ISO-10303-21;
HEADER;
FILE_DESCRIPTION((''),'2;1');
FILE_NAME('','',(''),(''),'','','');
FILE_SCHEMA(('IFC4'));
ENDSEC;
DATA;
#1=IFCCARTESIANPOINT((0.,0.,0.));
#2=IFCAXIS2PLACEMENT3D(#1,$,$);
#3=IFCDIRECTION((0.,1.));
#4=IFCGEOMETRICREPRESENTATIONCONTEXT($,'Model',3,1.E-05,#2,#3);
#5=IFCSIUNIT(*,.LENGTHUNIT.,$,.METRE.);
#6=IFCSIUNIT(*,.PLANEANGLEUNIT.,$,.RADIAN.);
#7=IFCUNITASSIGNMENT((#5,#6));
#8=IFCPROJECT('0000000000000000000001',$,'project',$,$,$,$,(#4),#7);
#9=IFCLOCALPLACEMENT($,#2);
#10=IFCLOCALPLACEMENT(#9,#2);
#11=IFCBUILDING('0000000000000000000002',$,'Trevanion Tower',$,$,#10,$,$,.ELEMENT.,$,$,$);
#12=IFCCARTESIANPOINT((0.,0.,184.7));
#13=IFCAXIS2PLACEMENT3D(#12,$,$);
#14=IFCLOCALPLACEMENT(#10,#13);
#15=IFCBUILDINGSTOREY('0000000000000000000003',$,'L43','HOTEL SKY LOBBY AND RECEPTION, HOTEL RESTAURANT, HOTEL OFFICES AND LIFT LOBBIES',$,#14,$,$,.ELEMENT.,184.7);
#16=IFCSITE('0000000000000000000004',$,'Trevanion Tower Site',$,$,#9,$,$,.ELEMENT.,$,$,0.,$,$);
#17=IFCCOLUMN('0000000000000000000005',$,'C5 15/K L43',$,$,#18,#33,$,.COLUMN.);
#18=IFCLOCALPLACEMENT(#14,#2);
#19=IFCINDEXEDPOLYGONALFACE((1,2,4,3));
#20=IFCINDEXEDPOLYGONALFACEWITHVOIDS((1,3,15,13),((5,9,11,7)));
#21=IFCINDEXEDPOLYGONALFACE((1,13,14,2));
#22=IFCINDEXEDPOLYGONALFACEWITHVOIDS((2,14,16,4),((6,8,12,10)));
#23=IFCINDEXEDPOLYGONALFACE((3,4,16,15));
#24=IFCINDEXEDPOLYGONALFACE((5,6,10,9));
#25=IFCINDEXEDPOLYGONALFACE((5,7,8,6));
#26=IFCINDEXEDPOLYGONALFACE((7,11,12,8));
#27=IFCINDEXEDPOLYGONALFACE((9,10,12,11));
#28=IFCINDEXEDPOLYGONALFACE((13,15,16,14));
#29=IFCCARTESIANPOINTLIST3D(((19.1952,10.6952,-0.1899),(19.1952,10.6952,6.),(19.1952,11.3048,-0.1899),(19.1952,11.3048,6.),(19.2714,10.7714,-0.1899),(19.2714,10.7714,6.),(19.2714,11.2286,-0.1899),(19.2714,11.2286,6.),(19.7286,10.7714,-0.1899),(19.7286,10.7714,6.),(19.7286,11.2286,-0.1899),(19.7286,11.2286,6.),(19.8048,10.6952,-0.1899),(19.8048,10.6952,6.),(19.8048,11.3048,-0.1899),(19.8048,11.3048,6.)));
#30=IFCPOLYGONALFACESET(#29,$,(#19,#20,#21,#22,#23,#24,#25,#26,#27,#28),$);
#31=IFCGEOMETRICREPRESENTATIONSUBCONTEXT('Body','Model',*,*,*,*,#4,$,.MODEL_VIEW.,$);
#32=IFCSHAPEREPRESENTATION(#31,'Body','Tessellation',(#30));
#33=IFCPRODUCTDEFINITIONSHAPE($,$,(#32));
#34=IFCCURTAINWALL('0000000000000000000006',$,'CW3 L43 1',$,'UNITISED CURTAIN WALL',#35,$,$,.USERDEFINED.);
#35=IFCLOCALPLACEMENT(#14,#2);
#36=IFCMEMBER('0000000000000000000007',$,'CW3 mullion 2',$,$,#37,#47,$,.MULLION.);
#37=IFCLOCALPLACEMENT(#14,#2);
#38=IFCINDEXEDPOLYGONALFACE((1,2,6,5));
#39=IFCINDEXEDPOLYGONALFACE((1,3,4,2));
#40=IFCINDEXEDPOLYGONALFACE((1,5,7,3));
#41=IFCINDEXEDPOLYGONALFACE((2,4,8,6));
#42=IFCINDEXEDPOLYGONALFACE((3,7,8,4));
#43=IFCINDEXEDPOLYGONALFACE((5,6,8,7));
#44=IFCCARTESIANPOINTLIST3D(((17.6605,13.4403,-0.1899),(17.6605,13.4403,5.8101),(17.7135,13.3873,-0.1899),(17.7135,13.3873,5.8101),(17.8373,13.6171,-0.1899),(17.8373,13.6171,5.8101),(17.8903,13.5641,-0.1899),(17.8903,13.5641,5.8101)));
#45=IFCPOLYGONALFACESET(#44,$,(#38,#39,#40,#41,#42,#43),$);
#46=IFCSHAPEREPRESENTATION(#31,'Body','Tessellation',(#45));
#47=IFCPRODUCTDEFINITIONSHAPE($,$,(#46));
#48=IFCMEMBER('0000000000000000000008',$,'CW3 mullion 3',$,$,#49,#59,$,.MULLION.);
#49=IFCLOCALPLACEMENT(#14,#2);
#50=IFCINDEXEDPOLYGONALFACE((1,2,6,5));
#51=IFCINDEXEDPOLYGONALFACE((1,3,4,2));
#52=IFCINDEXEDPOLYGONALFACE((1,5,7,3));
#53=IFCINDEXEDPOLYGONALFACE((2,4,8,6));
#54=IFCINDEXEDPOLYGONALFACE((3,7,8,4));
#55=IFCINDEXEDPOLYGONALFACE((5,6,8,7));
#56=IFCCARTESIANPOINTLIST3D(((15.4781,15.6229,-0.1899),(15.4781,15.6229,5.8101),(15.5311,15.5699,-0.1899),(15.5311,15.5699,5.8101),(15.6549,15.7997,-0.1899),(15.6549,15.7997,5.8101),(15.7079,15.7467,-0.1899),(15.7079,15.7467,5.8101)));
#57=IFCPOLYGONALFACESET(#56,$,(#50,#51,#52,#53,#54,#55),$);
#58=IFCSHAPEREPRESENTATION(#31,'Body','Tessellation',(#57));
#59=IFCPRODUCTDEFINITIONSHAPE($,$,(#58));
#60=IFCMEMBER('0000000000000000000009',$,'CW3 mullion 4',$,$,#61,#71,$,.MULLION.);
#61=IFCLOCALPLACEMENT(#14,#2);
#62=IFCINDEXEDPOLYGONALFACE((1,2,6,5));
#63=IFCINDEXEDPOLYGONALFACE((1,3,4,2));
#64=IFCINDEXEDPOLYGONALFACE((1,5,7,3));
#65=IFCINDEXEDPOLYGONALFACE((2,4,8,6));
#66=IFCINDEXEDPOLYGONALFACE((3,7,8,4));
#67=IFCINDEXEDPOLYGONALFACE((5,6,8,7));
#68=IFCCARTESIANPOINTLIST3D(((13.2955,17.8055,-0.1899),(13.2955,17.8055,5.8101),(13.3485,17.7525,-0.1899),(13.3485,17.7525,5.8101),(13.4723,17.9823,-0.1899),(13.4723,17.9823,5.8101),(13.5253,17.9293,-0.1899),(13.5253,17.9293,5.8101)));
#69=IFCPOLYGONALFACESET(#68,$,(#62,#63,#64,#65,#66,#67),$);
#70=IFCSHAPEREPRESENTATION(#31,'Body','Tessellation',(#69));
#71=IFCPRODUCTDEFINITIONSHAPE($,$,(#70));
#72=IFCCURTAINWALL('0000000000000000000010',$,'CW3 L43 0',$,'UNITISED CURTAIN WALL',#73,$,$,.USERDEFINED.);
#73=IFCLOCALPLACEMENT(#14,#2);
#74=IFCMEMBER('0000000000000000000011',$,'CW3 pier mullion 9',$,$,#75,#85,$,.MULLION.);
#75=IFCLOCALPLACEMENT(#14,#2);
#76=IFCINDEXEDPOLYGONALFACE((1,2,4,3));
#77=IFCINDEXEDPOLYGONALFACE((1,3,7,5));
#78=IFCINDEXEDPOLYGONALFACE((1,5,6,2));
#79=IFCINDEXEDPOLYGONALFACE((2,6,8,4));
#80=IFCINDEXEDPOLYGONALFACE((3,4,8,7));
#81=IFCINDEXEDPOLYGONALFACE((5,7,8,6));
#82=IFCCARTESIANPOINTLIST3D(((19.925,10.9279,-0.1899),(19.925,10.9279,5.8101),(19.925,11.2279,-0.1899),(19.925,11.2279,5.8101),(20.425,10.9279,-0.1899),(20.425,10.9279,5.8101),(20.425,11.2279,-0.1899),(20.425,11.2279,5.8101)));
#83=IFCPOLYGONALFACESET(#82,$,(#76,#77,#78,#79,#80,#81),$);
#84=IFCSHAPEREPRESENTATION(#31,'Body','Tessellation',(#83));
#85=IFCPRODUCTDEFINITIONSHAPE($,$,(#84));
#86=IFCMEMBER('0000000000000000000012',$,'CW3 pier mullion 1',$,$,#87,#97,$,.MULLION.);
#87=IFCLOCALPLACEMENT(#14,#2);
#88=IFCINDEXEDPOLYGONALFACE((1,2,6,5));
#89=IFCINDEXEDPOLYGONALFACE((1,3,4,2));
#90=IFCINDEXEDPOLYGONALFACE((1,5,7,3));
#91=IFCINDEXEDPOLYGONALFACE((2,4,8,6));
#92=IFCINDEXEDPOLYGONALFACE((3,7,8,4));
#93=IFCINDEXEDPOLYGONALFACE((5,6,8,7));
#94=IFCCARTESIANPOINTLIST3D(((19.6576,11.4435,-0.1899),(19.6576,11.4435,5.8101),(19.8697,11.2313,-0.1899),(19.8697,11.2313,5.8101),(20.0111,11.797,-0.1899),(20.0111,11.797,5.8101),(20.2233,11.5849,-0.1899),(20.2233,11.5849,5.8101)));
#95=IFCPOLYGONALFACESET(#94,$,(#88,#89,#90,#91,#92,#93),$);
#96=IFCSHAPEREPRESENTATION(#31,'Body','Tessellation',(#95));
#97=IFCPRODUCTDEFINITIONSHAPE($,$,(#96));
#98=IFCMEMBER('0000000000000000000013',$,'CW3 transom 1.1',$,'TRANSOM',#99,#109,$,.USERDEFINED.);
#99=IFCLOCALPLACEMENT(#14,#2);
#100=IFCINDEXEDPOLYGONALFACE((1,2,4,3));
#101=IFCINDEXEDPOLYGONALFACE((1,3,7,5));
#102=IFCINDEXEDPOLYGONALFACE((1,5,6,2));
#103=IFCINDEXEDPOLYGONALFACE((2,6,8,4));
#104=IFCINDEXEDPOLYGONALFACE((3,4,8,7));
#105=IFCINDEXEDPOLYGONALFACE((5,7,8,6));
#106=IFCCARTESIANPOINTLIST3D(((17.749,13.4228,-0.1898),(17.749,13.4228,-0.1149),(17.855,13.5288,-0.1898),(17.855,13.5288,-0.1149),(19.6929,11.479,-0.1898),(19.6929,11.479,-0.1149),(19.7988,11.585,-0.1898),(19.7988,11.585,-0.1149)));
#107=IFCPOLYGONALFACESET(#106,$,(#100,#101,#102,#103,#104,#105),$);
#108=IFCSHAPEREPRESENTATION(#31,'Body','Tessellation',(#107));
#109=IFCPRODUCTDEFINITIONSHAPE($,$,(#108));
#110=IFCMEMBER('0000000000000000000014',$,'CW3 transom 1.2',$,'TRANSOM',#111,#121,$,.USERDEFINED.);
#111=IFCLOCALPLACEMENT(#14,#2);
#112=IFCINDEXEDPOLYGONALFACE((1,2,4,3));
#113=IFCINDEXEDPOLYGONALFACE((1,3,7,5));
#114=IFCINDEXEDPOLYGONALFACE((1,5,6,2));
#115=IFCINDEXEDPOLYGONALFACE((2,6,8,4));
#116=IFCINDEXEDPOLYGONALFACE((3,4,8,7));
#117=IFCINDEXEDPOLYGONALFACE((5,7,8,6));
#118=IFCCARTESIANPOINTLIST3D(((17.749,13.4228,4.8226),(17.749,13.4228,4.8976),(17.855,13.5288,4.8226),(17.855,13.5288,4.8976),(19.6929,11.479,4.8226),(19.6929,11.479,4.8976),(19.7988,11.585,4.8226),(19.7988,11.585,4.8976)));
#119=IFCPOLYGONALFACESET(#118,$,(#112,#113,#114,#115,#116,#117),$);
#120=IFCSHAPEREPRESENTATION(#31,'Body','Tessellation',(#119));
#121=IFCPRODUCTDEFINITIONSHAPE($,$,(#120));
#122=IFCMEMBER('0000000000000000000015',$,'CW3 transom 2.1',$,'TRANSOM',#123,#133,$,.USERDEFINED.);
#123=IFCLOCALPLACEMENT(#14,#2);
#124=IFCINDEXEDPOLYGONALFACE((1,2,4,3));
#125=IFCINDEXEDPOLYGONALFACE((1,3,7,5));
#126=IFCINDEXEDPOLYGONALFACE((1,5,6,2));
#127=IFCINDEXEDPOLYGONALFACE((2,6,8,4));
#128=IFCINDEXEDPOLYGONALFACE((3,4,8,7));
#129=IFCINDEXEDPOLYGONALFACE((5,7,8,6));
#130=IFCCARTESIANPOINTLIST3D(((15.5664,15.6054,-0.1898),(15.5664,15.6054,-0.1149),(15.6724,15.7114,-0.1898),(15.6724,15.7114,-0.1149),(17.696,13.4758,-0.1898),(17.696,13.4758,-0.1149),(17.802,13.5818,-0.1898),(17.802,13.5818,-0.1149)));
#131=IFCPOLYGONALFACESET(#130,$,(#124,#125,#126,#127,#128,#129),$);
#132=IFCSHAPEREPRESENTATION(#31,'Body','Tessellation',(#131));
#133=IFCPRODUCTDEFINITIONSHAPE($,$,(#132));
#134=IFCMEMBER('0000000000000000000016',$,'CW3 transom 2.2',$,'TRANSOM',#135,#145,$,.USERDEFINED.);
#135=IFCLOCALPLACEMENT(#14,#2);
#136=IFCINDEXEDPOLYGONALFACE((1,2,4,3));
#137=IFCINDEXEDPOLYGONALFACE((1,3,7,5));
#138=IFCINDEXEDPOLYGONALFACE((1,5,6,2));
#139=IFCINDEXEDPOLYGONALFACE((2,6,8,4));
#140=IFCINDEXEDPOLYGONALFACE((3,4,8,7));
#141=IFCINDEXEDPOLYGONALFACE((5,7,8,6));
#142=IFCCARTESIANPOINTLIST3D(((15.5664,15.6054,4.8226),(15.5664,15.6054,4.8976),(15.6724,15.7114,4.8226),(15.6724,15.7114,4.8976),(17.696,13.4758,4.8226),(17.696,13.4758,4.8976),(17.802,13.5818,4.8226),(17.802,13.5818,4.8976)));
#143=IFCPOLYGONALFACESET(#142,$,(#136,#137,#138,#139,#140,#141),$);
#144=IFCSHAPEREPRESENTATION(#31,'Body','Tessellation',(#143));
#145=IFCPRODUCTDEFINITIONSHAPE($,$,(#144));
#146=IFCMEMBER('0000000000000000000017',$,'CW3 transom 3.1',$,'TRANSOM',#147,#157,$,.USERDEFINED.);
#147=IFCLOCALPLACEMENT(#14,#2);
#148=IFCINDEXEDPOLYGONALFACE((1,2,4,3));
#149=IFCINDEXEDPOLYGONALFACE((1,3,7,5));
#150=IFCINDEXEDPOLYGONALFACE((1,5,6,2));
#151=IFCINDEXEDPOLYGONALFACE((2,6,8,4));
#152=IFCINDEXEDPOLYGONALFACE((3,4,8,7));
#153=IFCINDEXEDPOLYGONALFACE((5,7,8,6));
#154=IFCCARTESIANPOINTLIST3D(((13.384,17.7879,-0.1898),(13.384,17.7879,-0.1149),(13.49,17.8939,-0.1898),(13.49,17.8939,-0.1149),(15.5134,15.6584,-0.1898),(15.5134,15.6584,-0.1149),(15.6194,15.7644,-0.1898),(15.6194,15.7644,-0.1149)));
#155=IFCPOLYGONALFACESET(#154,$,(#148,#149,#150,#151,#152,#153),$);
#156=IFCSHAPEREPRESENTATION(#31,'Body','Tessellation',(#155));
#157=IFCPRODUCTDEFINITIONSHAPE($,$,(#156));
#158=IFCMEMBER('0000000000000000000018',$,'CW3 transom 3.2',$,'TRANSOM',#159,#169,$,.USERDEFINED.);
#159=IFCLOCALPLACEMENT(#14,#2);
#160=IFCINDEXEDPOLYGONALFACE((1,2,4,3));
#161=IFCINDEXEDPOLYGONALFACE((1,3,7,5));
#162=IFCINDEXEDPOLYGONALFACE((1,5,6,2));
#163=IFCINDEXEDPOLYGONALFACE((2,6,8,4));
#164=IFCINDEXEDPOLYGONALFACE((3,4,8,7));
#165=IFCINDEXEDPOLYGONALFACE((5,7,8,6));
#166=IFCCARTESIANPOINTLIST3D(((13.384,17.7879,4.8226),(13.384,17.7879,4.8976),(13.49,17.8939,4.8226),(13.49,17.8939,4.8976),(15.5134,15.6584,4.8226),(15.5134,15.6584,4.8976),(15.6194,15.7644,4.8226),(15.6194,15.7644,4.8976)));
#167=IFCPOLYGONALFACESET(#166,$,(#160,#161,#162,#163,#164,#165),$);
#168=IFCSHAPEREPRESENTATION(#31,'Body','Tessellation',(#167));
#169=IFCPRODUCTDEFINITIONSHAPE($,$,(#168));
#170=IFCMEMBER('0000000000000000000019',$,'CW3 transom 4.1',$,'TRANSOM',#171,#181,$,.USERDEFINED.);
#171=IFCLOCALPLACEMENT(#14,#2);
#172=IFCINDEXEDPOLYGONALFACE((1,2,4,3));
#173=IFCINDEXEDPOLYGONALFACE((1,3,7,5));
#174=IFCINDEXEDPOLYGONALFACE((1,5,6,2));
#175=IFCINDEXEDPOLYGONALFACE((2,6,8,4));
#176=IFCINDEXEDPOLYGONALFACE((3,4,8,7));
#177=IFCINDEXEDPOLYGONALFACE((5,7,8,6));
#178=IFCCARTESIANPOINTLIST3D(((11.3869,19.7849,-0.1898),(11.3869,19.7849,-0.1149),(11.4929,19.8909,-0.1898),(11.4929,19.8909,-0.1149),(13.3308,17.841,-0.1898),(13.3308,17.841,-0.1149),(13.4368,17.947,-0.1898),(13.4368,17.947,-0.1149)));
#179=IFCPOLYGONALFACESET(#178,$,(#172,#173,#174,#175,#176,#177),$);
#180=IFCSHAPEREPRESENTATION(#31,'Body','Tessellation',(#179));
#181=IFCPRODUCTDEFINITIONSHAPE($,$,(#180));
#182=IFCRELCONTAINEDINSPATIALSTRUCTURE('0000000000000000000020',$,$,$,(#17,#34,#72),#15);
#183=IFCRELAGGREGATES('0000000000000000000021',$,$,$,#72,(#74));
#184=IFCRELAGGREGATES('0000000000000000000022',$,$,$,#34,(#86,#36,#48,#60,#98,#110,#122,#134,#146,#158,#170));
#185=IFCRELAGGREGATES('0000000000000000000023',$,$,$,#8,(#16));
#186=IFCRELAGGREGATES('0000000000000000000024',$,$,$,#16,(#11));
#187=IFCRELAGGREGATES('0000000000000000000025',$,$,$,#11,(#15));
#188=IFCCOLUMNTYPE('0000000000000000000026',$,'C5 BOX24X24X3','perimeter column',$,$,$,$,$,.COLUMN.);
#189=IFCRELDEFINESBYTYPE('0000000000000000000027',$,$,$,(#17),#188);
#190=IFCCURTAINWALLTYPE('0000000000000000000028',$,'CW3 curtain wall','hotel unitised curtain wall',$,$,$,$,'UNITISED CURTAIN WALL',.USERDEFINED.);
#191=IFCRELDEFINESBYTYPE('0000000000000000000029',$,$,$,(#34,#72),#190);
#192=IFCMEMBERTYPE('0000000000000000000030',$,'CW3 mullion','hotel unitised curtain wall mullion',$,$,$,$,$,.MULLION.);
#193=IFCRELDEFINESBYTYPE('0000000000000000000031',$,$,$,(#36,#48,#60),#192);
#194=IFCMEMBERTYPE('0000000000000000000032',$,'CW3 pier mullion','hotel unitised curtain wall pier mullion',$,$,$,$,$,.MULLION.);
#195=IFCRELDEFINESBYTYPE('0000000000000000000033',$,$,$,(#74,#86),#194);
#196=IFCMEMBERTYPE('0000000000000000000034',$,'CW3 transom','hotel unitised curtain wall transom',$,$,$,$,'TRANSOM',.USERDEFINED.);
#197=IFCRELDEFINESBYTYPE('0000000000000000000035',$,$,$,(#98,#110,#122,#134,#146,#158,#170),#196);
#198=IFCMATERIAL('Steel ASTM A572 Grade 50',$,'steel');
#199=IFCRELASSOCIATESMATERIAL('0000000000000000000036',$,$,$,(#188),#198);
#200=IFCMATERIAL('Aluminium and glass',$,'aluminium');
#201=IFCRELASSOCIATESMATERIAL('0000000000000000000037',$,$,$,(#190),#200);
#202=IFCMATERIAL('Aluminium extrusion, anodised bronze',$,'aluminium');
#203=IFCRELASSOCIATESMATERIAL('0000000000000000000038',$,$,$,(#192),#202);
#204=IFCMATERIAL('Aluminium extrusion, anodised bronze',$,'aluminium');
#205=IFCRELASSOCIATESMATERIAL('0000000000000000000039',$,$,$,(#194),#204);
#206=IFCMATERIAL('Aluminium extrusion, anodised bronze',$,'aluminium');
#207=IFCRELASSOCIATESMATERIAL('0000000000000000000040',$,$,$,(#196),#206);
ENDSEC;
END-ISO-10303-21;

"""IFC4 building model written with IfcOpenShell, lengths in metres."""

from ifc_helpers import new_model, si_unit, direction, frame, origin, origin_2d, place, context, subcontext, project, spatial, rectangle, hollow_rectangle, extrude, material, material_profile, profile_set, type_object, element, aggregate, save


model = new_model("IFC4")

# Units and contexts
model_context = context("Model", 3, precision=1e-05, world=origin(), true_north=direction((0.0, 1.0)))
body_context = subcontext(model_context, "Body", "Model", "MODEL_VIEW")
ifc_project = project(units=[si_unit("LENGTHUNIT", "METRE"), si_unit("PLANEANGLEUNIT", "RADIAN")], contexts=[model_context])

# Site, building, storey
site_placement = place(None, origin())
site = spatial("IfcSite", under=ifc_project, at=site_placement, Name="Trevanion Tower Site", CompositionType="ELEMENT", RefElevation=0.0)
building_placement = place(site_placement, origin())
building = spatial("IfcBuilding", under=site, at=building_placement, Name="Trevanion Tower", CompositionType="ELEMENT")
storey_placement = place(building_placement, frame((0.0, 0.0, 184.7)))
storey = spatial("IfcBuildingStorey", under=building, at=storey_placement, Name="L43", Description="HOTEL SKY LOBBY AND RECEPTION, HOTEL RESTAURANT, HOTEL OFFICES AND LIFT LOBBIES", CompositionType="ELEMENT", Elevation=184.7)

# Column
ifc_material_1 = material(Name="Steel ASTM A572 Grade 50", Category="steel")
ifc_material_profile_1 = material_profile(ifc_material_1, hollow_rectangle(XDim=0.6096, YDim=0.6096, WallThickness=0.0762, at=origin_2d()), Name="BOX24X24X3")
ifc_profile_set_1 = profile_set([ifc_material_profile_1], Name="Steel ASTM A572 Grade 50")
column_type = type_object("IfcColumnType", Name="C5 BOX24X24X3", Description="perimeter column", PredefinedType="COLUMN", material=ifc_profile_set_1)
column_placement = place(storey_placement, frame((19.5, 11.0, -0.1899), z_axis=(0.0, 0.0, 1.0), x_axis=(0.0, 1.0, 0.0)))
element("IfcColumn", 1, at=column_placement, inside=storey, type_object=column_type, Name="C5 15/K L43", PredefinedType="COLUMN", context=body_context, shape_type="SweptSolid", body=[
    extrude(hollow_rectangle(XDim=0.6096, YDim=0.6096, WallThickness=0.0762, at=origin_2d()), origin(), (0.0, 0.0, 1.0), 6.1899),
])

# Curtain wall, members
ifc_material_2 = material(Name="Aluminium and glass", Category="aluminium")
curtain_wall_type = type_object("IfcCurtainWallType", Name="CW3 curtain wall", Description="hotel unitised curtain wall", ElementType="UNITISED CURTAIN WALL", PredefinedType="USERDEFINED", material=ifc_material_2)
curtain_wall_1_placement = place(storey_placement, origin())
curtain_wall_1 = element("IfcCurtainWall", 2, at=curtain_wall_1_placement, inside=storey, type_object=curtain_wall_type, Name="CW3 L43 1", ObjectType="UNITISED CURTAIN WALL", PredefinedType="USERDEFINED")
ifc_material_3 = material(Name="Aluminium extrusion, anodised bronze", Category="aluminium")
ifc_material_profile_2 = material_profile(ifc_material_3, rectangle(XDim=0.075, YDim=0.25, at=origin_2d()), Name="CW3 mullion")
ifc_profile_set_2 = profile_set([ifc_material_profile_2], Name="Aluminium extrusion, anodised bronze")
member_type_1 = type_object("IfcMemberType", Name="CW3 mullion", Description="hotel unitised curtain wall mullion", PredefinedType="MULLION", material=ifc_profile_set_2)
member_1_placement = place(storey_placement, frame((17.7754, 13.5022, -0.1899), z_axis=(0.0, 0.0, 1.0), x_axis=(-0.707107, 0.707107, 0.0)))
member_1 = element("IfcMember", 3, at=member_1_placement, type_object=member_type_1, Name="CW3 mullion 2", PredefinedType="MULLION", context=body_context, shape_type="SweptSolid", body=[
    extrude(rectangle(XDim=0.075, YDim=0.25, at=origin_2d()), origin(), (0.0, 0.0, 1.0), 6.0),
])
member_2_placement = place(storey_placement, frame((15.593, 15.6848, -0.1899), z_axis=(0.0, 0.0, 1.0), x_axis=(-0.707107, 0.707107, 0.0)))
member_2 = element("IfcMember", 4, at=member_2_placement, type_object=member_type_1, Name="CW3 mullion 3", PredefinedType="MULLION", context=body_context, shape_type="SweptSolid", body=[
    extrude(rectangle(XDim=0.075, YDim=0.25, at=origin_2d()), origin(), (0.0, 0.0, 1.0), 6.0),
])
member_3_placement = place(storey_placement, frame((13.4104, 17.8674, -0.1899), z_axis=(0.0, 0.0, 1.0), x_axis=(-0.707107, 0.707107, 0.0)))
member_3 = element("IfcMember", 5, at=member_3_placement, type_object=member_type_1, Name="CW3 mullion 4", PredefinedType="MULLION", context=body_context, shape_type="SweptSolid", body=[
    extrude(rectangle(XDim=0.075, YDim=0.25, at=origin_2d()), origin(), (0.0, 0.0, 1.0), 6.0),
])

# Curtain wall, member
curtain_wall_2_placement = place(storey_placement, origin())
curtain_wall_2 = element("IfcCurtainWall", 6, at=curtain_wall_2_placement, inside=storey, type_object=curtain_wall_type, Name="CW3 L43 0", ObjectType="UNITISED CURTAIN WALL", PredefinedType="USERDEFINED")
ifc_material_4 = material(Name="Aluminium extrusion, anodised bronze", Category="aluminium")
ifc_material_profile_3 = material_profile(ifc_material_4, rectangle(XDim=0.3, YDim=0.5, at=origin_2d()), Name="CW3 pier mullion")
ifc_profile_set_3 = profile_set([ifc_material_profile_3], Name="Aluminium extrusion, anodised bronze")
member_type_2 = type_object("IfcMemberType", Name="CW3 pier mullion", Description="hotel unitised curtain wall pier mullion", PredefinedType="MULLION", material=ifc_profile_set_3)
member_4_placement = place(storey_placement, frame((20.175, 11.0779, -0.1899), z_axis=(0.0, 0.0, 1.0), x_axis=(0.0, 1.0, 0.0)))
member_4 = element("IfcMember", 7, at=member_4_placement, type_object=member_type_2, Name="CW3 pier mullion 9", PredefinedType="MULLION", context=body_context, shape_type="SweptSolid", body=[
    extrude(rectangle(XDim=0.3, YDim=0.5, at=origin_2d()), origin(), (0.0, 0.0, 1.0), 6.0),
])
aggregate(curtain_wall_2, [member_4])

# Members
member_5_placement = place(storey_placement, frame((19.9404, 11.5142, -0.1899), z_axis=(0.0, 0.0, 1.0), x_axis=(-0.707107, 0.707107, 0.0)))
member_5 = element("IfcMember", 8, at=member_5_placement, type_object=member_type_2, Name="CW3 pier mullion 1", PredefinedType="MULLION", context=body_context, shape_type="SweptSolid", body=[
    extrude(rectangle(XDim=0.3, YDim=0.5, at=origin_2d()), origin(), (0.0, 0.0, 1.0), 6.0),
])
ifc_material_5 = material(Name="Aluminium extrusion, anodised bronze", Category="aluminium")
ifc_material_profile_4 = material_profile(ifc_material_5, rectangle(XDim=0.1499, YDim=0.075, at=origin_2d()), Name="CW3 transom")
ifc_profile_set_4 = profile_set([ifc_material_profile_4], Name="Aluminium extrusion, anodised bronze")
member_type_3 = type_object("IfcMemberType", Name="CW3 transom", Description="hotel unitised curtain wall transom", ElementType="TRANSOM", PredefinedType="USERDEFINED", material=ifc_profile_set_4)
member_6_placement = place(storey_placement, frame((19.7458, 11.532, -0.1523), z_axis=(-0.707107, 0.707107, 0.0), x_axis=(-0.707107, -0.707107, 0.0)))
member_6 = element("IfcMember", 9, at=member_6_placement, type_object=member_type_3, Name="CW3 transom 1.1", ObjectType="TRANSOM", PredefinedType="USERDEFINED", context=body_context, shape_type="SweptSolid", body=[
    extrude(rectangle(XDim=0.1499, YDim=0.075, at=origin_2d()), origin(), (0.0, 0.0, 1.0), 2.749),
])
member_7_placement = place(storey_placement, frame((19.7458, 11.532, 4.8601), z_axis=(-0.707107, 0.707107, 0.0), x_axis=(-0.707107, -0.707107, 0.0)))
member_7 = element("IfcMember", 10, at=member_7_placement, type_object=member_type_3, Name="CW3 transom 1.2", ObjectType="TRANSOM", PredefinedType="USERDEFINED", context=body_context, shape_type="SweptSolid", body=[
    extrude(rectangle(XDim=0.1499, YDim=0.075, at=origin_2d()), origin(), (0.0, 0.0, 1.0), 2.749),
])
member_8_placement = place(storey_placement, frame((17.749, 13.5288, -0.1523), z_axis=(-0.707107, 0.707107, 0.0), x_axis=(-0.707107, -0.707107, 0.0)))
member_8 = element("IfcMember", 11, at=member_8_placement, type_object=member_type_3, Name="CW3 transom 2.1", ObjectType="TRANSOM", PredefinedType="USERDEFINED", context=body_context, shape_type="SweptSolid", body=[
    extrude(rectangle(XDim=0.1499, YDim=0.075, at=origin_2d()), origin(), (0.0, 0.0, 1.0), 3.0117),
])
member_9_placement = place(storey_placement, frame((17.749, 13.5288, 4.8601), z_axis=(-0.707107, 0.707107, 0.0), x_axis=(-0.707107, -0.707107, 0.0)))
member_9 = element("IfcMember", 12, at=member_9_placement, type_object=member_type_3, Name="CW3 transom 2.2", ObjectType="TRANSOM", PredefinedType="USERDEFINED", context=body_context, shape_type="SweptSolid", body=[
    extrude(rectangle(XDim=0.1499, YDim=0.075, at=origin_2d()), origin(), (0.0, 0.0, 1.0), 3.0117),
])
member_10_placement = place(storey_placement, frame((15.5664, 15.7114, -0.1523), z_axis=(-0.707107, 0.707107, 0.0), x_axis=(-0.707107, -0.707107, 0.0)))
member_10 = element("IfcMember", 13, at=member_10_placement, type_object=member_type_3, Name="CW3 transom 3.1", ObjectType="TRANSOM", PredefinedType="USERDEFINED", context=body_context, shape_type="SweptSolid", body=[
    extrude(rectangle(XDim=0.1499, YDim=0.075, at=origin_2d()), origin(), (0.0, 0.0, 1.0), 3.0115),
])
member_11_placement = place(storey_placement, frame((15.5664, 15.7114, 4.8601), z_axis=(-0.707107, 0.707107, 0.0), x_axis=(-0.707107, -0.707107, 0.0)))
member_11 = element("IfcMember", 14, at=member_11_placement, type_object=member_type_3, Name="CW3 transom 3.2", ObjectType="TRANSOM", PredefinedType="USERDEFINED", context=body_context, shape_type="SweptSolid", body=[
    extrude(rectangle(XDim=0.1499, YDim=0.075, at=origin_2d()), origin(), (0.0, 0.0, 1.0), 3.0115),
])
member_12_placement = place(storey_placement, frame((13.3838, 17.894, -0.1523), z_axis=(-0.707107, 0.707107, 0.0), x_axis=(-0.707107, -0.707107, 0.0)))
member_12 = element("IfcMember", 15, at=member_12_placement, type_object=member_type_3, Name="CW3 transom 4.1", ObjectType="TRANSOM", PredefinedType="USERDEFINED", context=body_context, shape_type="SweptSolid", body=[
    extrude(rectangle(XDim=0.1499, YDim=0.075, at=origin_2d()), origin(), (0.0, 0.0, 1.0), 2.749),
])

aggregate(curtain_wall_1, [member_5, member_1, member_2, member_3, member_6, member_7, member_8, member_9, member_10, member_11, member_12])

save(model, "model.ifc")
